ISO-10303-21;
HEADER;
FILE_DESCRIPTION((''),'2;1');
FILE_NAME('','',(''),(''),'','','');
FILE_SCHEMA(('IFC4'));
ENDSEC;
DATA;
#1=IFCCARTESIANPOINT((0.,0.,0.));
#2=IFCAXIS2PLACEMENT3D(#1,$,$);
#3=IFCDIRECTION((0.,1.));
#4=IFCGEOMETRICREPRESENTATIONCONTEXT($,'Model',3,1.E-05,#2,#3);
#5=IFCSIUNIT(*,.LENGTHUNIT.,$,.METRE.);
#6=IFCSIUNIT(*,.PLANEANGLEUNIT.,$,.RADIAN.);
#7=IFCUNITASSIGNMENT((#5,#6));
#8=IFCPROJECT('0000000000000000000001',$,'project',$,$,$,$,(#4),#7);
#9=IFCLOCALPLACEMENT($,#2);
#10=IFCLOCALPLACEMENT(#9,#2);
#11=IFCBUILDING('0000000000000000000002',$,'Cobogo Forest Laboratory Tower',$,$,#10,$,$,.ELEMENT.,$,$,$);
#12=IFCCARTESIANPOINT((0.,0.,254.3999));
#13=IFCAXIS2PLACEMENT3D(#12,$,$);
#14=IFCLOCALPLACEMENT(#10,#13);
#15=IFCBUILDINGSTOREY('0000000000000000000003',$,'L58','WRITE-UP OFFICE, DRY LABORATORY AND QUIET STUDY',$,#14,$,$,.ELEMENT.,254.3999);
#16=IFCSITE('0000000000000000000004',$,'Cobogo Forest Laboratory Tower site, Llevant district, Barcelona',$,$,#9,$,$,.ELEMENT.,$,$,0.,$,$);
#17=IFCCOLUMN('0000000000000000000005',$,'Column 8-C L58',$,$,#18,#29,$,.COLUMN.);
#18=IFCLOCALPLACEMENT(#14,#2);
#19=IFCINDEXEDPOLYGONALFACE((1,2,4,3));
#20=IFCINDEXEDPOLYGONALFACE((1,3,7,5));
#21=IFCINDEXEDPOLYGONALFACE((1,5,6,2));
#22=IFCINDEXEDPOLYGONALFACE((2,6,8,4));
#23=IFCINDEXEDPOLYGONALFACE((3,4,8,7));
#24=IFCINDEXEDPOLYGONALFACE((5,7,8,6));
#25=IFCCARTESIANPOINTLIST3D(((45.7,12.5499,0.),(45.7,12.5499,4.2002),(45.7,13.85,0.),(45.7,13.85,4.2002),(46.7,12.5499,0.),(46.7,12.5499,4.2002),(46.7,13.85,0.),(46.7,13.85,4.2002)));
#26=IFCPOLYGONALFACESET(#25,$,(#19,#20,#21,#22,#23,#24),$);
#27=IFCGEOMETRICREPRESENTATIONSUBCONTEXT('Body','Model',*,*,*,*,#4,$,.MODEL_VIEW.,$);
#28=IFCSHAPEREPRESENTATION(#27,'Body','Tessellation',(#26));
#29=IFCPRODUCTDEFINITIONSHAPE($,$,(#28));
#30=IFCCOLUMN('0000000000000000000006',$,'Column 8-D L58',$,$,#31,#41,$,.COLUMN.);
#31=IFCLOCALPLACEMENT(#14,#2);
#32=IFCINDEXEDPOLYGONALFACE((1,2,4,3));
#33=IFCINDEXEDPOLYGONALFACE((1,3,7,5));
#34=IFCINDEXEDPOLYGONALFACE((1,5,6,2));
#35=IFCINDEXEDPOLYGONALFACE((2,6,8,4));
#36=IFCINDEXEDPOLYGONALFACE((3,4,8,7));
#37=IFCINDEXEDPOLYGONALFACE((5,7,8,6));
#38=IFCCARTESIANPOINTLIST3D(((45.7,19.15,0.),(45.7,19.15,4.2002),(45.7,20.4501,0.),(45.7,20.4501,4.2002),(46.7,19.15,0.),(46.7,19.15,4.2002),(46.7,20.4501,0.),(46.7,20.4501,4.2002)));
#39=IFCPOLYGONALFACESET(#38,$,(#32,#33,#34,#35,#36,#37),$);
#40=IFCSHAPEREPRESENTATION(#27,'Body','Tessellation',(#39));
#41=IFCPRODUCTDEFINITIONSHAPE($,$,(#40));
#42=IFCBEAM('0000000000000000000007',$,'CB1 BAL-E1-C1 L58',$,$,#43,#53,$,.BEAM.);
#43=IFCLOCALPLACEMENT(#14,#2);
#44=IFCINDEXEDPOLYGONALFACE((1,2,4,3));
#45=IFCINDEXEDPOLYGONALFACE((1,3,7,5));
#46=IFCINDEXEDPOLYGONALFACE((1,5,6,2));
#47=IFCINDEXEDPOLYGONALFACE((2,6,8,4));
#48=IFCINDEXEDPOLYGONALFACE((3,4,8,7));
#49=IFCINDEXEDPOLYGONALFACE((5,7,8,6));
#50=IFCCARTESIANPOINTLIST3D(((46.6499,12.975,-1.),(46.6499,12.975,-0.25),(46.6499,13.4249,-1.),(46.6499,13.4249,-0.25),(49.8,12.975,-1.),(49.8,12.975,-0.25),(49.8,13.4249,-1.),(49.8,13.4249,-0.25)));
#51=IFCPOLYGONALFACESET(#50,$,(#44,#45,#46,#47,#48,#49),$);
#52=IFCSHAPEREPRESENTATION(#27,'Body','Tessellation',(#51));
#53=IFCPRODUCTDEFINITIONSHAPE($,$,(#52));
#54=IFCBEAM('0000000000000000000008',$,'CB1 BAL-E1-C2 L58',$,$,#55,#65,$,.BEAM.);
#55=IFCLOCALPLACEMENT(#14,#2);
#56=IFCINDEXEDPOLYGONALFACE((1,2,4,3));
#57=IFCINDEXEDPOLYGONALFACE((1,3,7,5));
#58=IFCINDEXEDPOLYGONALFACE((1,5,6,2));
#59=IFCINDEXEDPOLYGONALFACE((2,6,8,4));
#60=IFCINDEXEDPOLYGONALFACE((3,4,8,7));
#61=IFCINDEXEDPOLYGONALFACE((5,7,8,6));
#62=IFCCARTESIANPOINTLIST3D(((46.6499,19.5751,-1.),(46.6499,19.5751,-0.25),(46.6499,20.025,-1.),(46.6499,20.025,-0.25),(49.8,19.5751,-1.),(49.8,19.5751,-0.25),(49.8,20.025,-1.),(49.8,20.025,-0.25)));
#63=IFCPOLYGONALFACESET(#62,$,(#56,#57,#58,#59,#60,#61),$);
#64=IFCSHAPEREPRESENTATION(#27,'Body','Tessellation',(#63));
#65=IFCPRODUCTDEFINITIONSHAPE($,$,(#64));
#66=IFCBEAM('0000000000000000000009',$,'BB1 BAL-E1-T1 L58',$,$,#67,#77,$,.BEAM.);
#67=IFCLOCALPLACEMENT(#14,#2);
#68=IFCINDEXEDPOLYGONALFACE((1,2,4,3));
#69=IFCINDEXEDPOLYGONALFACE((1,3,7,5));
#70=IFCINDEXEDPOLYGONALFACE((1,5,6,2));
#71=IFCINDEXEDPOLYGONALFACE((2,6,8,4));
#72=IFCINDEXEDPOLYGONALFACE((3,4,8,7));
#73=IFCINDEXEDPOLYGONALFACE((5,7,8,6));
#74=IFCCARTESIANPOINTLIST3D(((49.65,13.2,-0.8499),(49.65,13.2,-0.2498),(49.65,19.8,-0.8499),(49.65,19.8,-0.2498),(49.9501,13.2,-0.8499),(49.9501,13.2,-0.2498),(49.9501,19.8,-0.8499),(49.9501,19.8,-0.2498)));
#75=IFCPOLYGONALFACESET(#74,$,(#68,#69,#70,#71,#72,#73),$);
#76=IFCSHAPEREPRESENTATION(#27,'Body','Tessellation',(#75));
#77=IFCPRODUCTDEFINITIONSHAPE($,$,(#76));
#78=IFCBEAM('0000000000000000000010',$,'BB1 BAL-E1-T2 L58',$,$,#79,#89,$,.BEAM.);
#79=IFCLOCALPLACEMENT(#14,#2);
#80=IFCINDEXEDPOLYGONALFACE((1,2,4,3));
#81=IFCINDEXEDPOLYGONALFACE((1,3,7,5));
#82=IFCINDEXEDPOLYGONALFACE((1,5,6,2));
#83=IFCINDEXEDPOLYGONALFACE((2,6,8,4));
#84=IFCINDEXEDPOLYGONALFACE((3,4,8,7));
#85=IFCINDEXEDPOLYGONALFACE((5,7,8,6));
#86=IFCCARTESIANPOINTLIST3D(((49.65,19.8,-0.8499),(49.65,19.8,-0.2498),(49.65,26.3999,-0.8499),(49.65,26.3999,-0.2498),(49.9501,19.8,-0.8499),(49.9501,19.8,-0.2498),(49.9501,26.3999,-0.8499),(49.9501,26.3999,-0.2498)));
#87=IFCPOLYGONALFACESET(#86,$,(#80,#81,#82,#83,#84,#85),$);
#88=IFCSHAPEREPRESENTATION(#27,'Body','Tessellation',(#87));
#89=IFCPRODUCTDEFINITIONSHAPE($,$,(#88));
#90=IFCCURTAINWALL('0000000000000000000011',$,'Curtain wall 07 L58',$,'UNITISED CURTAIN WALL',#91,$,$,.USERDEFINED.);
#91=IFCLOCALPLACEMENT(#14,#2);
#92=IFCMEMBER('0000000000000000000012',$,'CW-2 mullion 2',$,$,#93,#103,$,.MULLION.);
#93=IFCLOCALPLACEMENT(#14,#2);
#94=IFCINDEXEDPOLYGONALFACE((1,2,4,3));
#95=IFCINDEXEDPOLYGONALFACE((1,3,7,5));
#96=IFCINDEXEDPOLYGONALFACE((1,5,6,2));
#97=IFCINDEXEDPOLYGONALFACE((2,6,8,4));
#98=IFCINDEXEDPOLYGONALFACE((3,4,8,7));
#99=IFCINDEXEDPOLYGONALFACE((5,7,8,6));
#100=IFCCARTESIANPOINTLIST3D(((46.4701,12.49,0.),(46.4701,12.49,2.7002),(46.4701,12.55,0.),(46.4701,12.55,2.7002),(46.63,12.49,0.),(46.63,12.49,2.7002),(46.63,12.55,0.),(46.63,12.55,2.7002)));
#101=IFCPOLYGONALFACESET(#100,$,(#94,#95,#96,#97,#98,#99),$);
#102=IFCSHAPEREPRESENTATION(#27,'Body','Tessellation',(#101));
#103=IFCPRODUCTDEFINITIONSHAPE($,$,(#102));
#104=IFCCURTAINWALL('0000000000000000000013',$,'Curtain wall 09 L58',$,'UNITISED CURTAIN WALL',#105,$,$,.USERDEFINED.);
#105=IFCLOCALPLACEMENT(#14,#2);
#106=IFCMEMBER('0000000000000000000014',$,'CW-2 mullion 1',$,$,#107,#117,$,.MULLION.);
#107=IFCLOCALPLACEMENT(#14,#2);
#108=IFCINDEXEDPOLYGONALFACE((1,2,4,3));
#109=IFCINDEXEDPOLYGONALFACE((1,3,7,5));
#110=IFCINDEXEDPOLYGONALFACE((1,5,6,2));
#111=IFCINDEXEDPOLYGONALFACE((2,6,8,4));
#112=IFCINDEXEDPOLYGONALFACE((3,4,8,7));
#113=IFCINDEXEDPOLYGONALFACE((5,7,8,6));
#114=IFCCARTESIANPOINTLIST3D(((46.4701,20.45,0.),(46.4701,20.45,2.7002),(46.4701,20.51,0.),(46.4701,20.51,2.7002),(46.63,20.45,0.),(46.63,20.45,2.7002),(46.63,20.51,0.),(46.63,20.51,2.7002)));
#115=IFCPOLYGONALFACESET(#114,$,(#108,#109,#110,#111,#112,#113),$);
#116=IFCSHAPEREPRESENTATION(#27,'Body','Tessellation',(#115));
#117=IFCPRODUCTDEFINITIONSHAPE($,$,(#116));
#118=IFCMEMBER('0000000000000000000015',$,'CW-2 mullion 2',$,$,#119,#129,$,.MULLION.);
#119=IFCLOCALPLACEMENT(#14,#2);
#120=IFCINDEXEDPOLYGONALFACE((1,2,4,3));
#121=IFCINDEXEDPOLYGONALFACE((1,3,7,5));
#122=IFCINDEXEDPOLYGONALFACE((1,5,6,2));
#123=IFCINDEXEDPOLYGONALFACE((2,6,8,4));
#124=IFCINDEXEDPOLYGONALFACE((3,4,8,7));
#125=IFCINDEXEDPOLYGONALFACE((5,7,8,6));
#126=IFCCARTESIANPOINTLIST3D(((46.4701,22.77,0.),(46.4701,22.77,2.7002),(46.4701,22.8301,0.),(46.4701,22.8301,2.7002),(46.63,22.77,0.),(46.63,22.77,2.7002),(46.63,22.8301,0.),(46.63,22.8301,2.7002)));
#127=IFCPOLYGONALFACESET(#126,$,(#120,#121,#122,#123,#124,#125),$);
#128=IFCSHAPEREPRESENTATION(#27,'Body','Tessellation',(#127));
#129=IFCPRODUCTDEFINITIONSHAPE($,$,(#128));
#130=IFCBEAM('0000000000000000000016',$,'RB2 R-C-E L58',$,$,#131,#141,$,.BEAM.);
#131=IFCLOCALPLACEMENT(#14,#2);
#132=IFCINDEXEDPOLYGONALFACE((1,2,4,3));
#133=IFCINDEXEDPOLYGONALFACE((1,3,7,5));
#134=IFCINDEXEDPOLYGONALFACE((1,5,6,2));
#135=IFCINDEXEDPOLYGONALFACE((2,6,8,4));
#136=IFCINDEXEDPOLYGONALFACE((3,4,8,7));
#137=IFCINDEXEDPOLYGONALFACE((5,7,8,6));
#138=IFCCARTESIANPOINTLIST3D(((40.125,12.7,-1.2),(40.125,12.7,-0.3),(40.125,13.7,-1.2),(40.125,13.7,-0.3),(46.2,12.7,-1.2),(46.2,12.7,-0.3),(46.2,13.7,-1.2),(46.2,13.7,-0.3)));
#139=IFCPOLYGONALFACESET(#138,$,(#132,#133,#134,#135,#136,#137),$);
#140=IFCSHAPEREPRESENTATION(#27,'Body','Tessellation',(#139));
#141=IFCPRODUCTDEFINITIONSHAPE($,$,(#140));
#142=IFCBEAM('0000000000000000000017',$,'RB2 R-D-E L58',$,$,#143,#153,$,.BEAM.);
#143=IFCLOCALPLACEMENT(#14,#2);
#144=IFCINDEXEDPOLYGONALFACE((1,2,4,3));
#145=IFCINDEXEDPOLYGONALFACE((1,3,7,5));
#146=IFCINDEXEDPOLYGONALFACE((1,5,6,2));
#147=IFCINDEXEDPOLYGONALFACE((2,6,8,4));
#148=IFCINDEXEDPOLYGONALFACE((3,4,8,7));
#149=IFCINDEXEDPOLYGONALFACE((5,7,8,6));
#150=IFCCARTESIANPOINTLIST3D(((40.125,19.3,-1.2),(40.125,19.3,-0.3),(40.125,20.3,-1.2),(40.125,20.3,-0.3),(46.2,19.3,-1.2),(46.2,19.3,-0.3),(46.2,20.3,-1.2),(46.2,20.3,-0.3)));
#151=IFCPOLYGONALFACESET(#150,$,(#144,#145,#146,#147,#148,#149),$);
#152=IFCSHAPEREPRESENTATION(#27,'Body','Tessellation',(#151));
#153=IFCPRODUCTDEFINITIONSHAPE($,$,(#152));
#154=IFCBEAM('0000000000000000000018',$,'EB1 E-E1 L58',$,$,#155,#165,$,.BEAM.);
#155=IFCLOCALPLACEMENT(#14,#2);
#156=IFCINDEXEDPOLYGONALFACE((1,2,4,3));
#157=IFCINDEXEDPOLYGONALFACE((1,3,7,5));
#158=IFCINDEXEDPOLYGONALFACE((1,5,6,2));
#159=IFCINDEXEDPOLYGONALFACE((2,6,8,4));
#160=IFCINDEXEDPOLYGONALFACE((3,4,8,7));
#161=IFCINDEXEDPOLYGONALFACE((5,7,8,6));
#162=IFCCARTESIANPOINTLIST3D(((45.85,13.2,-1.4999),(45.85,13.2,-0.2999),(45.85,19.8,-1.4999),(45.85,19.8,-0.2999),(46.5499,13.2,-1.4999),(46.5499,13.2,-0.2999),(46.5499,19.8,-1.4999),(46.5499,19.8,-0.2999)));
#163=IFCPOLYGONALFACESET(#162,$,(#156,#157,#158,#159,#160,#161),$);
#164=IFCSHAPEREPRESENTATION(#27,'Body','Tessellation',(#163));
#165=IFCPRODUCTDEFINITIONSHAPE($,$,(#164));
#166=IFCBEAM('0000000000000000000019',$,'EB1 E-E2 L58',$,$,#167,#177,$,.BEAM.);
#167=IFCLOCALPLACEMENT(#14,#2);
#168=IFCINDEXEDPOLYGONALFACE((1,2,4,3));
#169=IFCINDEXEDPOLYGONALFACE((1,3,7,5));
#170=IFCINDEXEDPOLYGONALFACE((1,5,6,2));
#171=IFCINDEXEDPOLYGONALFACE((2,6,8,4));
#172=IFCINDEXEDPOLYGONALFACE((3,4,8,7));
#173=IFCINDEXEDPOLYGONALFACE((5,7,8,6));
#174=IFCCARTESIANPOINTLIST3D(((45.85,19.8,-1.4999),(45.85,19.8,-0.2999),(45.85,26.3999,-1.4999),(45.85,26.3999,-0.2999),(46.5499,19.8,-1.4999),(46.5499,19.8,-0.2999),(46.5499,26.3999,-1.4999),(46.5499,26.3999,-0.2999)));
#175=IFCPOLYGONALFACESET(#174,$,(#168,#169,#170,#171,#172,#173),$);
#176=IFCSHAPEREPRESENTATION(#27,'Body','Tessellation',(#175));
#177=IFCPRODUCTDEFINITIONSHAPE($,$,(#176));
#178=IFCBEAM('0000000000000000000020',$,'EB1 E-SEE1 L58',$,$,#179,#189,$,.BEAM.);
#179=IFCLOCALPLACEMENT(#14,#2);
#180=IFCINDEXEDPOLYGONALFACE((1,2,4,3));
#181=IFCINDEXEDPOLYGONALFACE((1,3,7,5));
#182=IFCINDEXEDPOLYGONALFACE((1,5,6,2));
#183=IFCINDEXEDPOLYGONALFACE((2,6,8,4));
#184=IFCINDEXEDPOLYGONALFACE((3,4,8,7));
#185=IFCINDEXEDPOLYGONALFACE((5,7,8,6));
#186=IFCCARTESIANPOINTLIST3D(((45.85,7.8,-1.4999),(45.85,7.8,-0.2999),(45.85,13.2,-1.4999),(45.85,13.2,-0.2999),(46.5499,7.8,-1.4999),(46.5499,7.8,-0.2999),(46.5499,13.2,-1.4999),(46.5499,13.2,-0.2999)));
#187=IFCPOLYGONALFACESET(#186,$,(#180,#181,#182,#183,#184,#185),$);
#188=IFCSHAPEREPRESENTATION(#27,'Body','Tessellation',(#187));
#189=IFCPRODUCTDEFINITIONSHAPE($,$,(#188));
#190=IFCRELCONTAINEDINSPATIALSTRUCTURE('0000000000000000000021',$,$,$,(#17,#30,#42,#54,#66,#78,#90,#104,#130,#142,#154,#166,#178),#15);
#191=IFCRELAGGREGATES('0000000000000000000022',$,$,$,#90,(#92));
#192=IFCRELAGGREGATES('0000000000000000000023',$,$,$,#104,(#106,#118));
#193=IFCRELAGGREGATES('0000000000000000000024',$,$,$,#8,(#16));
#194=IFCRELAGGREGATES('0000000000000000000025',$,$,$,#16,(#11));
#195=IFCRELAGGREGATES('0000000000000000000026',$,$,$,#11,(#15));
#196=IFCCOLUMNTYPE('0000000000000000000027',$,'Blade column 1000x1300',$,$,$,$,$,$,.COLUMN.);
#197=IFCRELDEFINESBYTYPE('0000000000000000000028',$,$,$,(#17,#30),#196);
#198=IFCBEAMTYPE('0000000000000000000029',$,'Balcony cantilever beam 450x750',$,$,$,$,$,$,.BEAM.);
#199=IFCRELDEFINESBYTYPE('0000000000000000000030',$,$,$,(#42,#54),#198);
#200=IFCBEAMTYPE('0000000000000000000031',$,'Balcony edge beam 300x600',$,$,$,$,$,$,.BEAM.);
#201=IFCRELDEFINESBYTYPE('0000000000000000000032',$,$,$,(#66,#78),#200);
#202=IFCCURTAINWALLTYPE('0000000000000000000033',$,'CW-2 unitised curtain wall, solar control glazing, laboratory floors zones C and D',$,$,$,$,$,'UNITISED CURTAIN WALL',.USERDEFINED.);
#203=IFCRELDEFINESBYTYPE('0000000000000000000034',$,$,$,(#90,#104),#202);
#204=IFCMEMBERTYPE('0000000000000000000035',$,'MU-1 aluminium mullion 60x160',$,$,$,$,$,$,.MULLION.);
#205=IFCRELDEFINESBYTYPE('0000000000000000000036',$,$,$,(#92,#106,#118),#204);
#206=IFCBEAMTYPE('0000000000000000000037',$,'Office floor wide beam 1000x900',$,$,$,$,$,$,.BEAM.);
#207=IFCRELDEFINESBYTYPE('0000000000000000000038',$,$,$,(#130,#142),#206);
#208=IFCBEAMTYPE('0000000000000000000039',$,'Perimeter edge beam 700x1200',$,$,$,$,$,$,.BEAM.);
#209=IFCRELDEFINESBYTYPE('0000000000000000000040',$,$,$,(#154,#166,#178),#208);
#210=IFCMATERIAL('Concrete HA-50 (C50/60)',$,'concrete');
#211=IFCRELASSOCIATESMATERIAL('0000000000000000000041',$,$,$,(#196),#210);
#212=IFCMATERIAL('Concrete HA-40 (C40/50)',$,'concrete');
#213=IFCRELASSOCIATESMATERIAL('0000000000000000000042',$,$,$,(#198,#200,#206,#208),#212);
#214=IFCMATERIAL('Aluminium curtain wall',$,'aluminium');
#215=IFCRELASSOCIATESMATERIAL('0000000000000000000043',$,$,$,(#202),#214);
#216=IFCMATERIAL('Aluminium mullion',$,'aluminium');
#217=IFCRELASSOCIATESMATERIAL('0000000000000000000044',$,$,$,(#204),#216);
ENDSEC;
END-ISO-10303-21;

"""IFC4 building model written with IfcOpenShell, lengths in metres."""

from ifc_helpers import new_model, si_unit, direction, frame, origin, origin_2d, place, context, subcontext, project, spatial, rectangle, extrude, material, material_profile, profile_set, type_object, element, aggregate, save


model = new_model("IFC4")

# Units and contexts
model_context = context("Model", 3, precision=1e-05, world=origin(), true_north=direction((0.0, 1.0)))
body_context = subcontext(model_context, "Body", "Model", "MODEL_VIEW")
ifc_project = project(units=[si_unit("LENGTHUNIT", "METRE"), si_unit("PLANEANGLEUNIT", "RADIAN")], contexts=[model_context])

# Site, building, storey
site_placement = place(None, origin())
site = spatial("IfcSite", under=ifc_project, at=site_placement, Name="Cobogo Forest Laboratory Tower site, Llevant district, Barcelona", CompositionType="ELEMENT", RefElevation=0.0)
building_placement = place(site_placement, origin())
building = spatial("IfcBuilding", under=site, at=building_placement, Name="Cobogo Forest Laboratory Tower", CompositionType="ELEMENT")
storey_placement = place(building_placement, frame((0.0, 0.0, 254.3999)))
storey = spatial("IfcBuildingStorey", under=building, at=storey_placement, Name="L58", Description="WRITE-UP OFFICE, DRY LABORATORY AND QUIET STUDY", CompositionType="ELEMENT", Elevation=254.3999)

# Columns
ifc_material_1 = material(Name="Concrete HA-50 (C50/60)", Category="concrete")
ifc_material_profile_1 = material_profile(ifc_material_1, rectangle(XDim=1.3, YDim=1.0, at=origin_2d()), Name="RC 1000x1300")
ifc_profile_set_1 = profile_set([ifc_material_profile_1], Name="Concrete HA-50 (C50/60)")
column_type = type_object("IfcColumnType", Name="Blade column 1000x1300", PredefinedType="COLUMN", material=ifc_profile_set_1)
for number, where, z_axis, x_axis, name in (
    (1, (46.2, 13.2, 0.0), (0.0, 0.0, 1.0), (0.0, 1.0, 0.0), "Column 8-C L58"),
    (2, (46.2, 19.8, 0.0), (0.0, 0.0, 1.0), (0.0, 1.0, 0.0), "Column 8-D L58"),
):
    element("IfcColumn", number, at=place(storey_placement, frame(where, z_axis=z_axis, x_axis=x_axis)), inside=storey, type_object=column_type, Name=name, PredefinedType="COLUMN", context=body_context, shape_type="SweptSolid", body=[
        extrude(rectangle(XDim=1.3, YDim=1.0, at=origin_2d()), origin(), (0.0, 0.0, 1.0), 4.2002),
    ])

# Beams
ifc_material_2 = material(Name="Concrete HA-40 (C40/50)", Category="concrete")
ifc_material_profile_2 = material_profile(ifc_material_2, rectangle(XDim=0.45, YDim=0.75, at=origin_2d()), Name="RC 450x750")
ifc_profile_set_2 = profile_set([ifc_material_profile_2], Name="Concrete HA-40 (C40/50)")
beam_type_1 = type_object("IfcBeamType", Name="Balcony cantilever beam 450x750", PredefinedType="BEAM", material=ifc_profile_set_2)
for number, where, z_axis, x_axis, name in (
    (3, (46.6499, 13.2, -0.625), (1.0, 0.0, 0.0), (0.0, 1.0, 0.0), "CB1 BAL-E1-C1 L58"),
    (4, (46.6499, 19.8, -0.625), (1.0, 0.0, 0.0), (0.0, 1.0, 0.0), "CB1 BAL-E1-C2 L58"),
):
    element("IfcBeam", number, at=place(storey_placement, frame(where, z_axis=z_axis, x_axis=x_axis)), inside=storey, type_object=beam_type_1, Name=name, PredefinedType="BEAM", context=body_context, shape_type="SweptSolid", body=[
        extrude(rectangle(XDim=0.45, YDim=0.75, at=origin_2d()), origin(), (0.0, 0.0, 1.0), 3.1501),
    ])
ifc_material_profile_3 = material_profile(ifc_material_2, rectangle(XDim=0.3, YDim=0.6001, at=origin_2d()), Name="RC 300x600")
ifc_profile_set_3 = profile_set([ifc_material_profile_3], Name="Concrete HA-40 (C40/50)")
beam_type_2 = type_object("IfcBeamType", Name="Balcony edge beam 300x600", PredefinedType="BEAM", material=ifc_profile_set_3)
beam_1_placement = place(storey_placement, frame((49.8, 13.2, -0.5498), z_axis=(0.0, 1.0, 0.0), x_axis=(-1.0, 0.0, 0.0)))
element("IfcBeam", 5, at=beam_1_placement, inside=storey, type_object=beam_type_2, Name="BB1 BAL-E1-T1 L58", PredefinedType="BEAM", context=body_context, shape_type="SweptSolid", body=[
    extrude(rectangle(XDim=0.3, YDim=0.6001, at=origin_2d()), origin(), (0.0, 0.0, 1.0), 6.6001),
])
beam_2_placement = place(storey_placement, frame((49.8, 19.8, -0.5498), z_axis=(0.0, 1.0, 0.0), x_axis=(-1.0, 0.0, 0.0)))
element("IfcBeam", 6, at=beam_2_placement, inside=storey, type_object=beam_type_2, Name="BB1 BAL-E1-T2 L58", PredefinedType="BEAM", context=body_context, shape_type="SweptSolid", body=[
    extrude(rectangle(XDim=0.3, YDim=0.6001, at=origin_2d()), origin(), (0.0, 0.0, 1.0), 6.5999),
])

# Curtain wall, member
ifc_material_3 = material(Name="Aluminium curtain wall", Category="aluminium")
curtain_wall_type = type_object("IfcCurtainWallType", Name="CW-2 unitised curtain wall, solar control glazing, laboratory floors zones C and D", ElementType="UNITISED CURTAIN WALL", PredefinedType="USERDEFINED", material=ifc_material_3)
curtain_wall_1_placement = place(storey_placement, origin())
curtain_wall_1 = element("IfcCurtainWall", 7, at=curtain_wall_1_placement, inside=storey, type_object=curtain_wall_type, Name="Curtain wall 07 L58", ObjectType="UNITISED CURTAIN WALL", PredefinedType="USERDEFINED")
ifc_material_4 = material(Name="Aluminium mullion", Category="aluminium")
ifc_material_profile_4 = material_profile(ifc_material_4, rectangle(XDim=0.0601, YDim=0.1599, at=origin_2d()), Name="AL 60x160")
ifc_profile_set_4 = profile_set([ifc_material_profile_4], Name="Aluminium mullion")
member_type_1 = type_object("IfcMemberType", Name="MU-1 aluminium mullion 60x160", PredefinedType="MULLION", material=ifc_profile_set_4)
member_1_placement = place(storey_placement, frame((46.55, 12.52, 0.0), z_axis=(0.0, 0.0, 1.0), x_axis=(0.0, 1.0, 0.0)))
member_1 = element("IfcMember", 8, at=member_1_placement, type_object=member_type_1, Name="CW-2 mullion 2", PredefinedType="MULLION", context=body_context, shape_type="SweptSolid", body=[
    extrude(rectangle(XDim=0.0601, YDim=0.1599, at=origin_2d()), origin(), (0.0, 0.0, 1.0), 2.7002),
])
aggregate(curtain_wall_1, [member_1])

# Curtain wall, members
curtain_wall_2_placement = place(storey_placement, origin())
curtain_wall_2 = element("IfcCurtainWall", 9, at=curtain_wall_2_placement, inside=storey, type_object=curtain_wall_type, Name="Curtain wall 09 L58", ObjectType="UNITISED CURTAIN WALL", PredefinedType="USERDEFINED")
member_2_placement = place(storey_placement, frame((46.55, 20.48, 0.0), z_axis=(0.0, 0.0, 1.0), x_axis=(0.0, 1.0, 0.0)))
member_2 = element("IfcMember", 10, at=member_2_placement, type_object=member_type_1, Name="CW-2 mullion 1", PredefinedType="MULLION", context=body_context, shape_type="SweptSolid", body=[
    extrude(rectangle(XDim=0.0601, YDim=0.1599, at=origin_2d()), origin(), (0.0, 0.0, 1.0), 2.7002),
])
member_3_placement = place(storey_placement, frame((46.55, 22.8, 0.0), z_axis=(0.0, 0.0, 1.0), x_axis=(0.0, 1.0, 0.0)))
member_3 = element("IfcMember", 11, at=member_3_placement, type_object=member_type_1, Name="CW-2 mullion 2", PredefinedType="MULLION", context=body_context, shape_type="SweptSolid", body=[
    extrude(rectangle(XDim=0.0601, YDim=0.1599, at=origin_2d()), origin(), (0.0, 0.0, 1.0), 2.7002),
])

# Beams
ifc_material_profile_5 = material_profile(ifc_material_2, rectangle(XDim=1.0, YDim=0.8999, at=origin_2d()), Name="RC 1000x900")
ifc_profile_set_5 = profile_set([ifc_material_profile_5], Name="Concrete HA-40 (C40/50)")
beam_type_3 = type_object("IfcBeamType", Name="Office floor wide beam 1000x900", PredefinedType="BEAM", material=ifc_profile_set_5)
for number, where, z_axis, x_axis, name in (
    (12, (40.125, 13.2, -0.75), (1.0, 0.0, 0.0), (0.0, 1.0, 0.0), "RB2 R-C-E L58"),
    (13, (40.125, 19.8, -0.75), (1.0, 0.0, 0.0), (0.0, 1.0, 0.0), "RB2 R-D-E L58"),
):
    element("IfcBeam", number, at=place(storey_placement, frame(where, z_axis=z_axis, x_axis=x_axis)), inside=storey, type_object=beam_type_3, Name=name, PredefinedType="BEAM", context=body_context, shape_type="SweptSolid", body=[
        extrude(rectangle(XDim=1.0, YDim=0.8999, at=origin_2d()), origin(), (0.0, 0.0, 1.0), 6.075),
    ])
ifc_material_profile_6 = material_profile(ifc_material_2, rectangle(XDim=0.7, YDim=1.2, at=origin_2d()), Name="RC 700x1200")
ifc_profile_set_6 = profile_set([ifc_material_profile_6], Name="Concrete HA-40 (C40/50)")
beam_type_4 = type_object("IfcBeamType", Name="Perimeter edge beam 700x1200", PredefinedType="BEAM", material=ifc_profile_set_6)
beam_3_placement = place(storey_placement, frame((46.2, 13.2, -0.8999), z_axis=(0.0, 1.0, 0.0), x_axis=(-1.0, 0.0, 0.0)))
element("IfcBeam", 14, at=beam_3_placement, inside=storey, type_object=beam_type_4, Name="EB1 E-E1 L58", PredefinedType="BEAM", context=body_context, shape_type="SweptSolid", body=[
    extrude(rectangle(XDim=0.7, YDim=1.2, at=origin_2d()), origin(), (0.0, 0.0, 1.0), 6.6001),
])
beam_4_placement = place(storey_placement, frame((46.2, 19.8, -0.8999), z_axis=(0.0, 1.0, 0.0), x_axis=(-1.0, 0.0, 0.0)))
element("IfcBeam", 15, at=beam_4_placement, inside=storey, type_object=beam_type_4, Name="EB1 E-E2 L58", PredefinedType="BEAM", context=body_context, shape_type="SweptSolid", body=[
    extrude(rectangle(XDim=0.7, YDim=1.2, at=origin_2d()), origin(), (0.0, 0.0, 1.0), 6.5999),
])
beam_5_placement = place(storey_placement, frame((46.2, 13.2, -0.8999), z_axis=(0.0, -1.0, 0.0), x_axis=(1.0, 0.0, 0.0)))
element("IfcBeam", 16, at=beam_5_placement, inside=storey, type_object=beam_type_4, Name="EB1 E-SEE1 L58", PredefinedType="BEAM", context=body_context, shape_type="SweptSolid", body=[
    extrude(rectangle(XDim=0.7, YDim=1.2, at=origin_2d()), origin(), (0.0, 0.0, 1.0), 5.3999),
])

aggregate(curtain_wall_2, [member_2, member_3])

save(model, "model.ifc")
